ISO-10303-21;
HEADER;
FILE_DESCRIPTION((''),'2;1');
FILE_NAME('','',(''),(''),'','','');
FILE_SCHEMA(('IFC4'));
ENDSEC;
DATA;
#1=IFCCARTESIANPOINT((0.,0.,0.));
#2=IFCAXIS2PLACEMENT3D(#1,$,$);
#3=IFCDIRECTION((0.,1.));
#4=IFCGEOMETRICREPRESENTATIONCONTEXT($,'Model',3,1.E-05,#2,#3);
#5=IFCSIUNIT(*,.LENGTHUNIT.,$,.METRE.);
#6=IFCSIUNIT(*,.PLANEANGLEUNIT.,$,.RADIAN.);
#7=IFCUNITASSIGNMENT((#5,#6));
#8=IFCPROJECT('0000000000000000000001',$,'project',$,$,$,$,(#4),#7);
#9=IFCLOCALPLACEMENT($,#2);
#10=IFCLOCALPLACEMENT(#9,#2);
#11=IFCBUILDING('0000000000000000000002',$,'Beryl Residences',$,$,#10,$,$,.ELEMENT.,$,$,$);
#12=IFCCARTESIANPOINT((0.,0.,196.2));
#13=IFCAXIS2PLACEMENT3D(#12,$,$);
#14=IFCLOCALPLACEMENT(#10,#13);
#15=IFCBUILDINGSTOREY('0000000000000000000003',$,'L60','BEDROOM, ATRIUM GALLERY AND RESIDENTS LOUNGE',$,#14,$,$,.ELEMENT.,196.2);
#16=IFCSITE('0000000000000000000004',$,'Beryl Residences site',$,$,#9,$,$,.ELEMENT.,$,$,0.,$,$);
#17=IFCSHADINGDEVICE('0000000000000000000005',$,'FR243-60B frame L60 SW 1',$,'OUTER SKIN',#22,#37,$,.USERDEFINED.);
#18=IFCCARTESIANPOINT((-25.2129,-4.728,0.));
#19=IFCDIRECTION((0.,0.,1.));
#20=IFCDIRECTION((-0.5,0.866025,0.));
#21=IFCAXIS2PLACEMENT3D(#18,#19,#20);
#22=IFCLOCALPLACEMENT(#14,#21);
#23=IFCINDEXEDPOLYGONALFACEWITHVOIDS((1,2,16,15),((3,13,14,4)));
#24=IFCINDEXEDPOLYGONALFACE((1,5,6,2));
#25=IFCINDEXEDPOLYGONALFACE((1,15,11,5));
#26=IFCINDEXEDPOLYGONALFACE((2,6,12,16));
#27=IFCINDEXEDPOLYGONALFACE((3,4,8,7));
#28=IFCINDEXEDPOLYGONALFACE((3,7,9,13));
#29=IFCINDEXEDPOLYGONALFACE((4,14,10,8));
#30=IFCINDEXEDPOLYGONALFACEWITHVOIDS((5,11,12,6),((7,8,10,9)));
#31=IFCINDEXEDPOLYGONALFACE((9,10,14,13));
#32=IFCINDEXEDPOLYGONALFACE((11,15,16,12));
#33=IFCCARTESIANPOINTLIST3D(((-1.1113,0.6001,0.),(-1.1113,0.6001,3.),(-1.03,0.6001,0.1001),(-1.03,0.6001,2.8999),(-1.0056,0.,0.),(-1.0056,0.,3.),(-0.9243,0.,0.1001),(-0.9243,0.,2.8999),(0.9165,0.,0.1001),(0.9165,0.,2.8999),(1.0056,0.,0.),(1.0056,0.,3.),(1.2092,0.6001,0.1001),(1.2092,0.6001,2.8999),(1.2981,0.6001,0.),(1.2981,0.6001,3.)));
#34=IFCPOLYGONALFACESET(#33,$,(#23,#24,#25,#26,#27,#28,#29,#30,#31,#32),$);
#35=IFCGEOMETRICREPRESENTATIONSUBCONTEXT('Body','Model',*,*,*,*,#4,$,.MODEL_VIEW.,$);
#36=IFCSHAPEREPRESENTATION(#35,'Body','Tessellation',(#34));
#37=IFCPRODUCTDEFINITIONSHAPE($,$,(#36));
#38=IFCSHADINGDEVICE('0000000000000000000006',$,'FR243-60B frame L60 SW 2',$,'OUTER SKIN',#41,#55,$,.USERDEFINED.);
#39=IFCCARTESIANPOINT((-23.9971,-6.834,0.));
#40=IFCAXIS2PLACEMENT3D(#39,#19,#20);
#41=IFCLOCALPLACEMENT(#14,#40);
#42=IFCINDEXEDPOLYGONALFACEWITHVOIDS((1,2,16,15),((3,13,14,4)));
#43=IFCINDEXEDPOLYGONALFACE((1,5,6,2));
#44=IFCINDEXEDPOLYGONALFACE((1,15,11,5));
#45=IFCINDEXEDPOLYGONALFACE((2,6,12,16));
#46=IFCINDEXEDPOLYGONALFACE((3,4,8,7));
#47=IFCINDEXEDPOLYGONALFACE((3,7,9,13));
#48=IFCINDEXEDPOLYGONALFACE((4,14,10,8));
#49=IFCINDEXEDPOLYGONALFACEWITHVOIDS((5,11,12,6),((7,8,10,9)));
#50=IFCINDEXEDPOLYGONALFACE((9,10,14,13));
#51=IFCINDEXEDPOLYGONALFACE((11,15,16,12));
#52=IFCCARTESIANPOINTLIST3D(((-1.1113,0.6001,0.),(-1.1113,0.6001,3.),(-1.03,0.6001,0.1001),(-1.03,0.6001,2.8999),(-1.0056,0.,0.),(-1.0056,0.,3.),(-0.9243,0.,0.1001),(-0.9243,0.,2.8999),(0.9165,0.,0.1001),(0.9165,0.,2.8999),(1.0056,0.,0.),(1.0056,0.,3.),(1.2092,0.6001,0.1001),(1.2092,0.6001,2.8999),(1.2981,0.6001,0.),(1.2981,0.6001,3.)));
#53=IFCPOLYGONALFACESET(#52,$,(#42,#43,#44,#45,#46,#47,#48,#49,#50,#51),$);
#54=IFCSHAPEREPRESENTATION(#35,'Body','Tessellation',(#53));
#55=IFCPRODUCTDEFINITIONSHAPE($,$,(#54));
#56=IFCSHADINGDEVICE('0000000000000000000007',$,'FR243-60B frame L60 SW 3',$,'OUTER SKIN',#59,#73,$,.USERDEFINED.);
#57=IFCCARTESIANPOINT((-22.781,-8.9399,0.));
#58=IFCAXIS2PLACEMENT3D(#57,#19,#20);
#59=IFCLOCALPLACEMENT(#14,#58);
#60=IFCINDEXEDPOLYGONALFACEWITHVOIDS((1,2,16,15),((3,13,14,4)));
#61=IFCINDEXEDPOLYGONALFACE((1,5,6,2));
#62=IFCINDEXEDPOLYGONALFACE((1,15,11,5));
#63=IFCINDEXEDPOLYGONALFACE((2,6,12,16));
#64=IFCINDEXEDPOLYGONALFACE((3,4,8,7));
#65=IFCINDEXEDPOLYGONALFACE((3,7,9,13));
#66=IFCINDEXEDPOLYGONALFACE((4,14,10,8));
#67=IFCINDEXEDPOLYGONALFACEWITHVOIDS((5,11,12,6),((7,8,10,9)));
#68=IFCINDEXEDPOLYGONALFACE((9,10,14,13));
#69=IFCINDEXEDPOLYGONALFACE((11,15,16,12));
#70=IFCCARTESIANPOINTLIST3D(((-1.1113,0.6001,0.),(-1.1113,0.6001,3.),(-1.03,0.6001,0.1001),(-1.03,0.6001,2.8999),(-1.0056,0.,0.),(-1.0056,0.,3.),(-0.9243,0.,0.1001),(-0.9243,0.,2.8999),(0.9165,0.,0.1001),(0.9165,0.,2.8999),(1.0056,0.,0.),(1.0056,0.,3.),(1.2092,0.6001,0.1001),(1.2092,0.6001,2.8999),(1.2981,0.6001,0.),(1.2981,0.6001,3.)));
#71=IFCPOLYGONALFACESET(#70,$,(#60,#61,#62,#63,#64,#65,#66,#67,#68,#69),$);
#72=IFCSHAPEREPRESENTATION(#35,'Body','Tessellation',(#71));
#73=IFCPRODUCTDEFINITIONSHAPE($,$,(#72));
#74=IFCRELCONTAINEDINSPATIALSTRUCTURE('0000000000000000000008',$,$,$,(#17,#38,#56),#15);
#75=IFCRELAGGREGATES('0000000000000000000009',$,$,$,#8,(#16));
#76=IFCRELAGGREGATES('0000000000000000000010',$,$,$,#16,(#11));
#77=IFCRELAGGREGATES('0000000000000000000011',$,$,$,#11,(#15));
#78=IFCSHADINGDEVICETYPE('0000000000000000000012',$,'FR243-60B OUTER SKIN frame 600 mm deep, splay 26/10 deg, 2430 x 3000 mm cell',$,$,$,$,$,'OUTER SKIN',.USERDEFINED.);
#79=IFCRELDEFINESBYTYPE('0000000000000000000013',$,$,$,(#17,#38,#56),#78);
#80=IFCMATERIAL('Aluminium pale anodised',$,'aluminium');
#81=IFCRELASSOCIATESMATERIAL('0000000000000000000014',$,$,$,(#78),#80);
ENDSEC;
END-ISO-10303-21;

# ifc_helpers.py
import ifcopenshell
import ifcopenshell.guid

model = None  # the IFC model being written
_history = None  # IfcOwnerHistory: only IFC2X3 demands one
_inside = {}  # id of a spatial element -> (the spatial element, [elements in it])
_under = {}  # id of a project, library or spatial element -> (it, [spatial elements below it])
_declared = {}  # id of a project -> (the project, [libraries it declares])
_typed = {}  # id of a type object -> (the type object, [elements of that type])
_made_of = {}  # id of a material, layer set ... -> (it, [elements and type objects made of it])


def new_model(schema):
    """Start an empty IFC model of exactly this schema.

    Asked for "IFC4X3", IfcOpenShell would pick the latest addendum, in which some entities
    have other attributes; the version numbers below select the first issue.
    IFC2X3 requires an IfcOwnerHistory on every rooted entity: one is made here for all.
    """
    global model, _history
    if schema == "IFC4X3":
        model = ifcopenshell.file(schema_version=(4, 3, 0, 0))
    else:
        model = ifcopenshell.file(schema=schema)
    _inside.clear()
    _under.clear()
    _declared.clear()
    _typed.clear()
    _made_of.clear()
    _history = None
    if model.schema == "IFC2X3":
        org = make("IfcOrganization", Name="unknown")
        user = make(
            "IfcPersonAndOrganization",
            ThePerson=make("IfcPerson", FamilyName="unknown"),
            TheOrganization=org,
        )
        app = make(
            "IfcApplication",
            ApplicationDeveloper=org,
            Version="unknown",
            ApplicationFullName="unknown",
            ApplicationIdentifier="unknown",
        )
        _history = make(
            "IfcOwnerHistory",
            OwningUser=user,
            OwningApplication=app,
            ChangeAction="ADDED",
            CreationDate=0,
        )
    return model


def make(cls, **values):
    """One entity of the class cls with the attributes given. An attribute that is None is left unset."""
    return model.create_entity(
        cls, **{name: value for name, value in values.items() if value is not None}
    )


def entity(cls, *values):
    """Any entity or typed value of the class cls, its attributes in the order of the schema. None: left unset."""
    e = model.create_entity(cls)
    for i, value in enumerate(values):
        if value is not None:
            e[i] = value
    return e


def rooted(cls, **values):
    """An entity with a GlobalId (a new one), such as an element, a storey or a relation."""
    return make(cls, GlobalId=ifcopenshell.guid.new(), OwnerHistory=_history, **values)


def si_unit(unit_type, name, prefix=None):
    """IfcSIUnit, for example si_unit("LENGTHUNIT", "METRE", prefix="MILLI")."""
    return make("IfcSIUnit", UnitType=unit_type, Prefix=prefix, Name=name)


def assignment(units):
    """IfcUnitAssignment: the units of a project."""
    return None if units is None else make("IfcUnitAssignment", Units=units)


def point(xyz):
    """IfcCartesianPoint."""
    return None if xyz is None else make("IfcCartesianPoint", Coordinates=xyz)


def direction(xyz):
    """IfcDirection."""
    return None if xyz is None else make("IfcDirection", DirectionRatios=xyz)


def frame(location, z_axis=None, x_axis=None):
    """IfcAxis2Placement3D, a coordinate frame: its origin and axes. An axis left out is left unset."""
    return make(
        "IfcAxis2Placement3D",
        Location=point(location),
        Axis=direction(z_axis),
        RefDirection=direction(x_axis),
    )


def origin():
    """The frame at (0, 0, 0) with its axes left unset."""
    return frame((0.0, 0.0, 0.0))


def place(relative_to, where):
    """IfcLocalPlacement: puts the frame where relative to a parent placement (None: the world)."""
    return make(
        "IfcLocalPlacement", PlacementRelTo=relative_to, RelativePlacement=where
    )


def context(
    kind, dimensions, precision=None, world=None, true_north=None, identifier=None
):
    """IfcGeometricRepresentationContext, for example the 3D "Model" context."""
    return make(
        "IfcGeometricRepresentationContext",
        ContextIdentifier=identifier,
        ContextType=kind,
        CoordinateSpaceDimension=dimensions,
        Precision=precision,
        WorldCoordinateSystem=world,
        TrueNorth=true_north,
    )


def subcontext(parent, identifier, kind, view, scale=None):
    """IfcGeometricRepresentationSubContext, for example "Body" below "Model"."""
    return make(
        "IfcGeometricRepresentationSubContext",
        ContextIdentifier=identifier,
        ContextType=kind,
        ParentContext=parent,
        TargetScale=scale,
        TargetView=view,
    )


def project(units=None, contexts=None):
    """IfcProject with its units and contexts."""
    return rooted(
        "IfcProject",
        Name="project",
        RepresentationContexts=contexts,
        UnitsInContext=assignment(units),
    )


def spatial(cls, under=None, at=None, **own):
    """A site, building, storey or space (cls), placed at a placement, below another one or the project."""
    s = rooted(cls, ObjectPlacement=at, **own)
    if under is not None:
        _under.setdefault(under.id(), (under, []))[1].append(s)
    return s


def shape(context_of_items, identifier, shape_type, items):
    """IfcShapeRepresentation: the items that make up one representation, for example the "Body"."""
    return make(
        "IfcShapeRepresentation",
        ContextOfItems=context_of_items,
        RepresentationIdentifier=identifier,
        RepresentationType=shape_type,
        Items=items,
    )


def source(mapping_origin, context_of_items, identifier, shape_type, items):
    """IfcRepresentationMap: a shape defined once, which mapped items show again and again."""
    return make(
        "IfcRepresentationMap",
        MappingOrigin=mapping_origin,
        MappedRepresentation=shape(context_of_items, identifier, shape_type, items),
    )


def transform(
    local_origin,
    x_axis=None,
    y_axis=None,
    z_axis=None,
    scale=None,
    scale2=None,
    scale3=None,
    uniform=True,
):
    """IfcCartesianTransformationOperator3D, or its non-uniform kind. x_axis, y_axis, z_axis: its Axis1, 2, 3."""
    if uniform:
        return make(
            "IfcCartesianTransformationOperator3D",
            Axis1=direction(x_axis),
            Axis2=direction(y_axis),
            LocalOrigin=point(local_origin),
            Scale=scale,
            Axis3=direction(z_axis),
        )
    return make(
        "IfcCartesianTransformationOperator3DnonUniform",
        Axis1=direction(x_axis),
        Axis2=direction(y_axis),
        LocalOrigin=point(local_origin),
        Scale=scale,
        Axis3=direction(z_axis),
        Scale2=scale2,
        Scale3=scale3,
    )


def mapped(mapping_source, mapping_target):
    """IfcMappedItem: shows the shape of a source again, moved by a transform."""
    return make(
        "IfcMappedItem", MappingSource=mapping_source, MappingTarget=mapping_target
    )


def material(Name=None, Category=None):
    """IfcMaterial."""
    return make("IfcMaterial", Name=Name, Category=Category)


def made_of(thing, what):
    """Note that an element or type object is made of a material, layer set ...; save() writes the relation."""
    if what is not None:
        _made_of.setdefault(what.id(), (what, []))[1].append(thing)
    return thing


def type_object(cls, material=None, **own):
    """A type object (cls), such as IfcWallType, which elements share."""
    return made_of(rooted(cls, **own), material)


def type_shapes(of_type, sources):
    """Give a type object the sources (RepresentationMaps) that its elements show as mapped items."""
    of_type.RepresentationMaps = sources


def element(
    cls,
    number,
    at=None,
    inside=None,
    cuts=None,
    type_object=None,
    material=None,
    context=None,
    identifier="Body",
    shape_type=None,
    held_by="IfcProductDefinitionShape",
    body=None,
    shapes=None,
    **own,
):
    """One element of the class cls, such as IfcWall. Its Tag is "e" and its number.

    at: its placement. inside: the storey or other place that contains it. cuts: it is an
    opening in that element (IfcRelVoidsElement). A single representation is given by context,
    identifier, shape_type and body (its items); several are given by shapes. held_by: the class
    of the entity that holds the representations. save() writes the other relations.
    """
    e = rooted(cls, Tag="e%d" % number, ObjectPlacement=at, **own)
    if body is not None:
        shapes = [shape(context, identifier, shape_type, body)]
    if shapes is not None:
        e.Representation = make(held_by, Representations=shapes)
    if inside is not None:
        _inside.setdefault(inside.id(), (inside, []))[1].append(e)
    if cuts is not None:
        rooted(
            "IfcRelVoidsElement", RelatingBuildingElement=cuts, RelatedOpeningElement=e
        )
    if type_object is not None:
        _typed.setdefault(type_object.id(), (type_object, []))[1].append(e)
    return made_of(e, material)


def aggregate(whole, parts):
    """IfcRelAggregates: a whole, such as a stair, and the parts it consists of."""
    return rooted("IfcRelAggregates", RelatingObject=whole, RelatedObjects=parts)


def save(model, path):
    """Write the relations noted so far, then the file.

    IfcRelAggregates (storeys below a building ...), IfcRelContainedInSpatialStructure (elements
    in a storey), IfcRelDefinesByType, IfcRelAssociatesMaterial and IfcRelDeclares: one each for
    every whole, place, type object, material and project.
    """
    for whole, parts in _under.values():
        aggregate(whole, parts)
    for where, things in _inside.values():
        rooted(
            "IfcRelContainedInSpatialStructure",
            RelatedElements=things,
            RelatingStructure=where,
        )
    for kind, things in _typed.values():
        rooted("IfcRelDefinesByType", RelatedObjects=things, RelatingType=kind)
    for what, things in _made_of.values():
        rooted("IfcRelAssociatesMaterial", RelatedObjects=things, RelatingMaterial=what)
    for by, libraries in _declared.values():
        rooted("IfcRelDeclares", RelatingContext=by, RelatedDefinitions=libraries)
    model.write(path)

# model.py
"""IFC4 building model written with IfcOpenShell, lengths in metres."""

from ifc_helpers import new_model, entity, si_unit, direction, frame, origin, place, context, subcontext, project, spatial, source, transform, mapped, material, type_object, type_shapes, element, save


model = new_model("IFC4")

# Units and contexts
model_context = context("Model", 3, precision=1e-05, world=origin(), true_north=direction((0.0, 1.0)))
body_context = subcontext(model_context, "Body", "Model", "MODEL_VIEW")
ifc_project = project(units=[si_unit("LENGTHUNIT", "METRE"), si_unit("PLANEANGLEUNIT", "RADIAN")], contexts=[model_context])

# Site, building, storey
site_placement = place(None, origin())
site = spatial("IfcSite", under=ifc_project, at=site_placement, Name="Beryl Residences site", CompositionType="ELEMENT", RefElevation=0.0)
building_placement = place(site_placement, origin())
building = spatial("IfcBuilding", under=site, at=building_placement, Name="Beryl Residences", CompositionType="ELEMENT")
storey_placement = place(building_placement, frame((0.0, 0.0, 196.2)))
storey = spatial("IfcBuildingStorey", under=building, at=storey_placement, Name="L60", Description="BEDROOM, ATRIUM GALLERY AND RESIDENTS LOUNGE", CompositionType="ELEMENT", Elevation=196.2)

# Shading devices
ifc_material_1 = material(Name="Aluminium pale anodised", Category="aluminium")
shading_device_type = type_object("IfcShadingDeviceType", Name="FR243-60B OUTER SKIN frame 600 mm deep, splay 26/10 deg, 2430 x 3000 mm cell", ElementType="OUTER SKIN", PredefinedType="USERDEFINED", material=ifc_material_1)
cartesian_point_1 = entity("IfcCartesianPoint", [-1.0056, 0.0])
cartesian_point_2 = entity("IfcCartesianPoint", [-0.9165, 0.1001])
cartesian_point_3 = entity("IfcCartesianPoint", [-1.2981, 0.0])
cartesian_point_4 = entity("IfcCartesianPoint", [-1.2092, 0.1001])
shared_shape_1 = source(origin(), body_context, "Body", "SweptSolid", [
    entity("IfcExtrudedAreaSolidTapered", entity("IfcArbitraryProfileDefWithVoids", "AREA", None, entity("IfcPolyline", [cartesian_point_1, entity("IfcCartesianPoint", [1.0056, 0.0]), entity("IfcCartesianPoint", [1.0056, 3.0]), entity("IfcCartesianPoint", [-1.0056, 3.0]), cartesian_point_1]), [entity("IfcPolyline", [cartesian_point_2, entity("IfcCartesianPoint", [0.9243, 0.1001]), entity("IfcCartesianPoint", [0.9243, 2.8999]), entity("IfcCartesianPoint", [-0.9165, 2.8999]), cartesian_point_2])]), entity("IfcAxis2Placement3D", entity("IfcCartesianPoint", [0.0, 0.0, 0.0]), entity("IfcDirection", [0.0, 1.0, 0.0]), entity("IfcDirection", [-1.0, 0.0, 0.0])), entity("IfcDirection", [0.0, 0.0, 1.0]), 0.6001, entity("IfcArbitraryProfileDefWithVoids", "AREA", None, entity("IfcPolyline", [cartesian_point_3, entity("IfcCartesianPoint", [1.1113, 0.0]), entity("IfcCartesianPoint", [1.1113, 3.0]), entity("IfcCartesianPoint", [-1.2981, 3.0]), cartesian_point_3]), [entity("IfcPolyline", [cartesian_point_4, entity("IfcCartesianPoint", [1.03, 0.1001]), entity("IfcCartesianPoint", [1.03, 2.8999]), entity("IfcCartesianPoint", [-1.2092, 2.8999]), cartesian_point_4])])),
])
type_shapes(shading_device_type, [shared_shape_1])
for number, where, z_axis, x_axis, name in (
    (1, (-25.2129, -4.728, 0.0), (0.0, 0.0, 1.0), (-0.5, 0.866025, 0.0), "FR243-60B frame L60 SW 1"),
    (2, (-23.9971, -6.834, 0.0), (0.0, 0.0, 1.0), (-0.5, 0.866025, 0.0), "FR243-60B frame L60 SW 2"),
    (3, (-22.781, -8.9399, 0.0), (0.0, 0.0, 1.0), (-0.5, 0.866025, 0.0), "FR243-60B frame L60 SW 3"),
):
    element("IfcShadingDevice", number, at=place(storey_placement, frame(where, z_axis=z_axis, x_axis=x_axis)), inside=storey, type_object=shading_device_type, Name=name, ObjectType="OUTER SKIN", PredefinedType="USERDEFINED", context=body_context, shape_type="MappedRepresentation", body=[
        mapped(shared_shape_1, transform((0.0, 0.0, 0.0))),
    ])

save(model, "model.ifc")
